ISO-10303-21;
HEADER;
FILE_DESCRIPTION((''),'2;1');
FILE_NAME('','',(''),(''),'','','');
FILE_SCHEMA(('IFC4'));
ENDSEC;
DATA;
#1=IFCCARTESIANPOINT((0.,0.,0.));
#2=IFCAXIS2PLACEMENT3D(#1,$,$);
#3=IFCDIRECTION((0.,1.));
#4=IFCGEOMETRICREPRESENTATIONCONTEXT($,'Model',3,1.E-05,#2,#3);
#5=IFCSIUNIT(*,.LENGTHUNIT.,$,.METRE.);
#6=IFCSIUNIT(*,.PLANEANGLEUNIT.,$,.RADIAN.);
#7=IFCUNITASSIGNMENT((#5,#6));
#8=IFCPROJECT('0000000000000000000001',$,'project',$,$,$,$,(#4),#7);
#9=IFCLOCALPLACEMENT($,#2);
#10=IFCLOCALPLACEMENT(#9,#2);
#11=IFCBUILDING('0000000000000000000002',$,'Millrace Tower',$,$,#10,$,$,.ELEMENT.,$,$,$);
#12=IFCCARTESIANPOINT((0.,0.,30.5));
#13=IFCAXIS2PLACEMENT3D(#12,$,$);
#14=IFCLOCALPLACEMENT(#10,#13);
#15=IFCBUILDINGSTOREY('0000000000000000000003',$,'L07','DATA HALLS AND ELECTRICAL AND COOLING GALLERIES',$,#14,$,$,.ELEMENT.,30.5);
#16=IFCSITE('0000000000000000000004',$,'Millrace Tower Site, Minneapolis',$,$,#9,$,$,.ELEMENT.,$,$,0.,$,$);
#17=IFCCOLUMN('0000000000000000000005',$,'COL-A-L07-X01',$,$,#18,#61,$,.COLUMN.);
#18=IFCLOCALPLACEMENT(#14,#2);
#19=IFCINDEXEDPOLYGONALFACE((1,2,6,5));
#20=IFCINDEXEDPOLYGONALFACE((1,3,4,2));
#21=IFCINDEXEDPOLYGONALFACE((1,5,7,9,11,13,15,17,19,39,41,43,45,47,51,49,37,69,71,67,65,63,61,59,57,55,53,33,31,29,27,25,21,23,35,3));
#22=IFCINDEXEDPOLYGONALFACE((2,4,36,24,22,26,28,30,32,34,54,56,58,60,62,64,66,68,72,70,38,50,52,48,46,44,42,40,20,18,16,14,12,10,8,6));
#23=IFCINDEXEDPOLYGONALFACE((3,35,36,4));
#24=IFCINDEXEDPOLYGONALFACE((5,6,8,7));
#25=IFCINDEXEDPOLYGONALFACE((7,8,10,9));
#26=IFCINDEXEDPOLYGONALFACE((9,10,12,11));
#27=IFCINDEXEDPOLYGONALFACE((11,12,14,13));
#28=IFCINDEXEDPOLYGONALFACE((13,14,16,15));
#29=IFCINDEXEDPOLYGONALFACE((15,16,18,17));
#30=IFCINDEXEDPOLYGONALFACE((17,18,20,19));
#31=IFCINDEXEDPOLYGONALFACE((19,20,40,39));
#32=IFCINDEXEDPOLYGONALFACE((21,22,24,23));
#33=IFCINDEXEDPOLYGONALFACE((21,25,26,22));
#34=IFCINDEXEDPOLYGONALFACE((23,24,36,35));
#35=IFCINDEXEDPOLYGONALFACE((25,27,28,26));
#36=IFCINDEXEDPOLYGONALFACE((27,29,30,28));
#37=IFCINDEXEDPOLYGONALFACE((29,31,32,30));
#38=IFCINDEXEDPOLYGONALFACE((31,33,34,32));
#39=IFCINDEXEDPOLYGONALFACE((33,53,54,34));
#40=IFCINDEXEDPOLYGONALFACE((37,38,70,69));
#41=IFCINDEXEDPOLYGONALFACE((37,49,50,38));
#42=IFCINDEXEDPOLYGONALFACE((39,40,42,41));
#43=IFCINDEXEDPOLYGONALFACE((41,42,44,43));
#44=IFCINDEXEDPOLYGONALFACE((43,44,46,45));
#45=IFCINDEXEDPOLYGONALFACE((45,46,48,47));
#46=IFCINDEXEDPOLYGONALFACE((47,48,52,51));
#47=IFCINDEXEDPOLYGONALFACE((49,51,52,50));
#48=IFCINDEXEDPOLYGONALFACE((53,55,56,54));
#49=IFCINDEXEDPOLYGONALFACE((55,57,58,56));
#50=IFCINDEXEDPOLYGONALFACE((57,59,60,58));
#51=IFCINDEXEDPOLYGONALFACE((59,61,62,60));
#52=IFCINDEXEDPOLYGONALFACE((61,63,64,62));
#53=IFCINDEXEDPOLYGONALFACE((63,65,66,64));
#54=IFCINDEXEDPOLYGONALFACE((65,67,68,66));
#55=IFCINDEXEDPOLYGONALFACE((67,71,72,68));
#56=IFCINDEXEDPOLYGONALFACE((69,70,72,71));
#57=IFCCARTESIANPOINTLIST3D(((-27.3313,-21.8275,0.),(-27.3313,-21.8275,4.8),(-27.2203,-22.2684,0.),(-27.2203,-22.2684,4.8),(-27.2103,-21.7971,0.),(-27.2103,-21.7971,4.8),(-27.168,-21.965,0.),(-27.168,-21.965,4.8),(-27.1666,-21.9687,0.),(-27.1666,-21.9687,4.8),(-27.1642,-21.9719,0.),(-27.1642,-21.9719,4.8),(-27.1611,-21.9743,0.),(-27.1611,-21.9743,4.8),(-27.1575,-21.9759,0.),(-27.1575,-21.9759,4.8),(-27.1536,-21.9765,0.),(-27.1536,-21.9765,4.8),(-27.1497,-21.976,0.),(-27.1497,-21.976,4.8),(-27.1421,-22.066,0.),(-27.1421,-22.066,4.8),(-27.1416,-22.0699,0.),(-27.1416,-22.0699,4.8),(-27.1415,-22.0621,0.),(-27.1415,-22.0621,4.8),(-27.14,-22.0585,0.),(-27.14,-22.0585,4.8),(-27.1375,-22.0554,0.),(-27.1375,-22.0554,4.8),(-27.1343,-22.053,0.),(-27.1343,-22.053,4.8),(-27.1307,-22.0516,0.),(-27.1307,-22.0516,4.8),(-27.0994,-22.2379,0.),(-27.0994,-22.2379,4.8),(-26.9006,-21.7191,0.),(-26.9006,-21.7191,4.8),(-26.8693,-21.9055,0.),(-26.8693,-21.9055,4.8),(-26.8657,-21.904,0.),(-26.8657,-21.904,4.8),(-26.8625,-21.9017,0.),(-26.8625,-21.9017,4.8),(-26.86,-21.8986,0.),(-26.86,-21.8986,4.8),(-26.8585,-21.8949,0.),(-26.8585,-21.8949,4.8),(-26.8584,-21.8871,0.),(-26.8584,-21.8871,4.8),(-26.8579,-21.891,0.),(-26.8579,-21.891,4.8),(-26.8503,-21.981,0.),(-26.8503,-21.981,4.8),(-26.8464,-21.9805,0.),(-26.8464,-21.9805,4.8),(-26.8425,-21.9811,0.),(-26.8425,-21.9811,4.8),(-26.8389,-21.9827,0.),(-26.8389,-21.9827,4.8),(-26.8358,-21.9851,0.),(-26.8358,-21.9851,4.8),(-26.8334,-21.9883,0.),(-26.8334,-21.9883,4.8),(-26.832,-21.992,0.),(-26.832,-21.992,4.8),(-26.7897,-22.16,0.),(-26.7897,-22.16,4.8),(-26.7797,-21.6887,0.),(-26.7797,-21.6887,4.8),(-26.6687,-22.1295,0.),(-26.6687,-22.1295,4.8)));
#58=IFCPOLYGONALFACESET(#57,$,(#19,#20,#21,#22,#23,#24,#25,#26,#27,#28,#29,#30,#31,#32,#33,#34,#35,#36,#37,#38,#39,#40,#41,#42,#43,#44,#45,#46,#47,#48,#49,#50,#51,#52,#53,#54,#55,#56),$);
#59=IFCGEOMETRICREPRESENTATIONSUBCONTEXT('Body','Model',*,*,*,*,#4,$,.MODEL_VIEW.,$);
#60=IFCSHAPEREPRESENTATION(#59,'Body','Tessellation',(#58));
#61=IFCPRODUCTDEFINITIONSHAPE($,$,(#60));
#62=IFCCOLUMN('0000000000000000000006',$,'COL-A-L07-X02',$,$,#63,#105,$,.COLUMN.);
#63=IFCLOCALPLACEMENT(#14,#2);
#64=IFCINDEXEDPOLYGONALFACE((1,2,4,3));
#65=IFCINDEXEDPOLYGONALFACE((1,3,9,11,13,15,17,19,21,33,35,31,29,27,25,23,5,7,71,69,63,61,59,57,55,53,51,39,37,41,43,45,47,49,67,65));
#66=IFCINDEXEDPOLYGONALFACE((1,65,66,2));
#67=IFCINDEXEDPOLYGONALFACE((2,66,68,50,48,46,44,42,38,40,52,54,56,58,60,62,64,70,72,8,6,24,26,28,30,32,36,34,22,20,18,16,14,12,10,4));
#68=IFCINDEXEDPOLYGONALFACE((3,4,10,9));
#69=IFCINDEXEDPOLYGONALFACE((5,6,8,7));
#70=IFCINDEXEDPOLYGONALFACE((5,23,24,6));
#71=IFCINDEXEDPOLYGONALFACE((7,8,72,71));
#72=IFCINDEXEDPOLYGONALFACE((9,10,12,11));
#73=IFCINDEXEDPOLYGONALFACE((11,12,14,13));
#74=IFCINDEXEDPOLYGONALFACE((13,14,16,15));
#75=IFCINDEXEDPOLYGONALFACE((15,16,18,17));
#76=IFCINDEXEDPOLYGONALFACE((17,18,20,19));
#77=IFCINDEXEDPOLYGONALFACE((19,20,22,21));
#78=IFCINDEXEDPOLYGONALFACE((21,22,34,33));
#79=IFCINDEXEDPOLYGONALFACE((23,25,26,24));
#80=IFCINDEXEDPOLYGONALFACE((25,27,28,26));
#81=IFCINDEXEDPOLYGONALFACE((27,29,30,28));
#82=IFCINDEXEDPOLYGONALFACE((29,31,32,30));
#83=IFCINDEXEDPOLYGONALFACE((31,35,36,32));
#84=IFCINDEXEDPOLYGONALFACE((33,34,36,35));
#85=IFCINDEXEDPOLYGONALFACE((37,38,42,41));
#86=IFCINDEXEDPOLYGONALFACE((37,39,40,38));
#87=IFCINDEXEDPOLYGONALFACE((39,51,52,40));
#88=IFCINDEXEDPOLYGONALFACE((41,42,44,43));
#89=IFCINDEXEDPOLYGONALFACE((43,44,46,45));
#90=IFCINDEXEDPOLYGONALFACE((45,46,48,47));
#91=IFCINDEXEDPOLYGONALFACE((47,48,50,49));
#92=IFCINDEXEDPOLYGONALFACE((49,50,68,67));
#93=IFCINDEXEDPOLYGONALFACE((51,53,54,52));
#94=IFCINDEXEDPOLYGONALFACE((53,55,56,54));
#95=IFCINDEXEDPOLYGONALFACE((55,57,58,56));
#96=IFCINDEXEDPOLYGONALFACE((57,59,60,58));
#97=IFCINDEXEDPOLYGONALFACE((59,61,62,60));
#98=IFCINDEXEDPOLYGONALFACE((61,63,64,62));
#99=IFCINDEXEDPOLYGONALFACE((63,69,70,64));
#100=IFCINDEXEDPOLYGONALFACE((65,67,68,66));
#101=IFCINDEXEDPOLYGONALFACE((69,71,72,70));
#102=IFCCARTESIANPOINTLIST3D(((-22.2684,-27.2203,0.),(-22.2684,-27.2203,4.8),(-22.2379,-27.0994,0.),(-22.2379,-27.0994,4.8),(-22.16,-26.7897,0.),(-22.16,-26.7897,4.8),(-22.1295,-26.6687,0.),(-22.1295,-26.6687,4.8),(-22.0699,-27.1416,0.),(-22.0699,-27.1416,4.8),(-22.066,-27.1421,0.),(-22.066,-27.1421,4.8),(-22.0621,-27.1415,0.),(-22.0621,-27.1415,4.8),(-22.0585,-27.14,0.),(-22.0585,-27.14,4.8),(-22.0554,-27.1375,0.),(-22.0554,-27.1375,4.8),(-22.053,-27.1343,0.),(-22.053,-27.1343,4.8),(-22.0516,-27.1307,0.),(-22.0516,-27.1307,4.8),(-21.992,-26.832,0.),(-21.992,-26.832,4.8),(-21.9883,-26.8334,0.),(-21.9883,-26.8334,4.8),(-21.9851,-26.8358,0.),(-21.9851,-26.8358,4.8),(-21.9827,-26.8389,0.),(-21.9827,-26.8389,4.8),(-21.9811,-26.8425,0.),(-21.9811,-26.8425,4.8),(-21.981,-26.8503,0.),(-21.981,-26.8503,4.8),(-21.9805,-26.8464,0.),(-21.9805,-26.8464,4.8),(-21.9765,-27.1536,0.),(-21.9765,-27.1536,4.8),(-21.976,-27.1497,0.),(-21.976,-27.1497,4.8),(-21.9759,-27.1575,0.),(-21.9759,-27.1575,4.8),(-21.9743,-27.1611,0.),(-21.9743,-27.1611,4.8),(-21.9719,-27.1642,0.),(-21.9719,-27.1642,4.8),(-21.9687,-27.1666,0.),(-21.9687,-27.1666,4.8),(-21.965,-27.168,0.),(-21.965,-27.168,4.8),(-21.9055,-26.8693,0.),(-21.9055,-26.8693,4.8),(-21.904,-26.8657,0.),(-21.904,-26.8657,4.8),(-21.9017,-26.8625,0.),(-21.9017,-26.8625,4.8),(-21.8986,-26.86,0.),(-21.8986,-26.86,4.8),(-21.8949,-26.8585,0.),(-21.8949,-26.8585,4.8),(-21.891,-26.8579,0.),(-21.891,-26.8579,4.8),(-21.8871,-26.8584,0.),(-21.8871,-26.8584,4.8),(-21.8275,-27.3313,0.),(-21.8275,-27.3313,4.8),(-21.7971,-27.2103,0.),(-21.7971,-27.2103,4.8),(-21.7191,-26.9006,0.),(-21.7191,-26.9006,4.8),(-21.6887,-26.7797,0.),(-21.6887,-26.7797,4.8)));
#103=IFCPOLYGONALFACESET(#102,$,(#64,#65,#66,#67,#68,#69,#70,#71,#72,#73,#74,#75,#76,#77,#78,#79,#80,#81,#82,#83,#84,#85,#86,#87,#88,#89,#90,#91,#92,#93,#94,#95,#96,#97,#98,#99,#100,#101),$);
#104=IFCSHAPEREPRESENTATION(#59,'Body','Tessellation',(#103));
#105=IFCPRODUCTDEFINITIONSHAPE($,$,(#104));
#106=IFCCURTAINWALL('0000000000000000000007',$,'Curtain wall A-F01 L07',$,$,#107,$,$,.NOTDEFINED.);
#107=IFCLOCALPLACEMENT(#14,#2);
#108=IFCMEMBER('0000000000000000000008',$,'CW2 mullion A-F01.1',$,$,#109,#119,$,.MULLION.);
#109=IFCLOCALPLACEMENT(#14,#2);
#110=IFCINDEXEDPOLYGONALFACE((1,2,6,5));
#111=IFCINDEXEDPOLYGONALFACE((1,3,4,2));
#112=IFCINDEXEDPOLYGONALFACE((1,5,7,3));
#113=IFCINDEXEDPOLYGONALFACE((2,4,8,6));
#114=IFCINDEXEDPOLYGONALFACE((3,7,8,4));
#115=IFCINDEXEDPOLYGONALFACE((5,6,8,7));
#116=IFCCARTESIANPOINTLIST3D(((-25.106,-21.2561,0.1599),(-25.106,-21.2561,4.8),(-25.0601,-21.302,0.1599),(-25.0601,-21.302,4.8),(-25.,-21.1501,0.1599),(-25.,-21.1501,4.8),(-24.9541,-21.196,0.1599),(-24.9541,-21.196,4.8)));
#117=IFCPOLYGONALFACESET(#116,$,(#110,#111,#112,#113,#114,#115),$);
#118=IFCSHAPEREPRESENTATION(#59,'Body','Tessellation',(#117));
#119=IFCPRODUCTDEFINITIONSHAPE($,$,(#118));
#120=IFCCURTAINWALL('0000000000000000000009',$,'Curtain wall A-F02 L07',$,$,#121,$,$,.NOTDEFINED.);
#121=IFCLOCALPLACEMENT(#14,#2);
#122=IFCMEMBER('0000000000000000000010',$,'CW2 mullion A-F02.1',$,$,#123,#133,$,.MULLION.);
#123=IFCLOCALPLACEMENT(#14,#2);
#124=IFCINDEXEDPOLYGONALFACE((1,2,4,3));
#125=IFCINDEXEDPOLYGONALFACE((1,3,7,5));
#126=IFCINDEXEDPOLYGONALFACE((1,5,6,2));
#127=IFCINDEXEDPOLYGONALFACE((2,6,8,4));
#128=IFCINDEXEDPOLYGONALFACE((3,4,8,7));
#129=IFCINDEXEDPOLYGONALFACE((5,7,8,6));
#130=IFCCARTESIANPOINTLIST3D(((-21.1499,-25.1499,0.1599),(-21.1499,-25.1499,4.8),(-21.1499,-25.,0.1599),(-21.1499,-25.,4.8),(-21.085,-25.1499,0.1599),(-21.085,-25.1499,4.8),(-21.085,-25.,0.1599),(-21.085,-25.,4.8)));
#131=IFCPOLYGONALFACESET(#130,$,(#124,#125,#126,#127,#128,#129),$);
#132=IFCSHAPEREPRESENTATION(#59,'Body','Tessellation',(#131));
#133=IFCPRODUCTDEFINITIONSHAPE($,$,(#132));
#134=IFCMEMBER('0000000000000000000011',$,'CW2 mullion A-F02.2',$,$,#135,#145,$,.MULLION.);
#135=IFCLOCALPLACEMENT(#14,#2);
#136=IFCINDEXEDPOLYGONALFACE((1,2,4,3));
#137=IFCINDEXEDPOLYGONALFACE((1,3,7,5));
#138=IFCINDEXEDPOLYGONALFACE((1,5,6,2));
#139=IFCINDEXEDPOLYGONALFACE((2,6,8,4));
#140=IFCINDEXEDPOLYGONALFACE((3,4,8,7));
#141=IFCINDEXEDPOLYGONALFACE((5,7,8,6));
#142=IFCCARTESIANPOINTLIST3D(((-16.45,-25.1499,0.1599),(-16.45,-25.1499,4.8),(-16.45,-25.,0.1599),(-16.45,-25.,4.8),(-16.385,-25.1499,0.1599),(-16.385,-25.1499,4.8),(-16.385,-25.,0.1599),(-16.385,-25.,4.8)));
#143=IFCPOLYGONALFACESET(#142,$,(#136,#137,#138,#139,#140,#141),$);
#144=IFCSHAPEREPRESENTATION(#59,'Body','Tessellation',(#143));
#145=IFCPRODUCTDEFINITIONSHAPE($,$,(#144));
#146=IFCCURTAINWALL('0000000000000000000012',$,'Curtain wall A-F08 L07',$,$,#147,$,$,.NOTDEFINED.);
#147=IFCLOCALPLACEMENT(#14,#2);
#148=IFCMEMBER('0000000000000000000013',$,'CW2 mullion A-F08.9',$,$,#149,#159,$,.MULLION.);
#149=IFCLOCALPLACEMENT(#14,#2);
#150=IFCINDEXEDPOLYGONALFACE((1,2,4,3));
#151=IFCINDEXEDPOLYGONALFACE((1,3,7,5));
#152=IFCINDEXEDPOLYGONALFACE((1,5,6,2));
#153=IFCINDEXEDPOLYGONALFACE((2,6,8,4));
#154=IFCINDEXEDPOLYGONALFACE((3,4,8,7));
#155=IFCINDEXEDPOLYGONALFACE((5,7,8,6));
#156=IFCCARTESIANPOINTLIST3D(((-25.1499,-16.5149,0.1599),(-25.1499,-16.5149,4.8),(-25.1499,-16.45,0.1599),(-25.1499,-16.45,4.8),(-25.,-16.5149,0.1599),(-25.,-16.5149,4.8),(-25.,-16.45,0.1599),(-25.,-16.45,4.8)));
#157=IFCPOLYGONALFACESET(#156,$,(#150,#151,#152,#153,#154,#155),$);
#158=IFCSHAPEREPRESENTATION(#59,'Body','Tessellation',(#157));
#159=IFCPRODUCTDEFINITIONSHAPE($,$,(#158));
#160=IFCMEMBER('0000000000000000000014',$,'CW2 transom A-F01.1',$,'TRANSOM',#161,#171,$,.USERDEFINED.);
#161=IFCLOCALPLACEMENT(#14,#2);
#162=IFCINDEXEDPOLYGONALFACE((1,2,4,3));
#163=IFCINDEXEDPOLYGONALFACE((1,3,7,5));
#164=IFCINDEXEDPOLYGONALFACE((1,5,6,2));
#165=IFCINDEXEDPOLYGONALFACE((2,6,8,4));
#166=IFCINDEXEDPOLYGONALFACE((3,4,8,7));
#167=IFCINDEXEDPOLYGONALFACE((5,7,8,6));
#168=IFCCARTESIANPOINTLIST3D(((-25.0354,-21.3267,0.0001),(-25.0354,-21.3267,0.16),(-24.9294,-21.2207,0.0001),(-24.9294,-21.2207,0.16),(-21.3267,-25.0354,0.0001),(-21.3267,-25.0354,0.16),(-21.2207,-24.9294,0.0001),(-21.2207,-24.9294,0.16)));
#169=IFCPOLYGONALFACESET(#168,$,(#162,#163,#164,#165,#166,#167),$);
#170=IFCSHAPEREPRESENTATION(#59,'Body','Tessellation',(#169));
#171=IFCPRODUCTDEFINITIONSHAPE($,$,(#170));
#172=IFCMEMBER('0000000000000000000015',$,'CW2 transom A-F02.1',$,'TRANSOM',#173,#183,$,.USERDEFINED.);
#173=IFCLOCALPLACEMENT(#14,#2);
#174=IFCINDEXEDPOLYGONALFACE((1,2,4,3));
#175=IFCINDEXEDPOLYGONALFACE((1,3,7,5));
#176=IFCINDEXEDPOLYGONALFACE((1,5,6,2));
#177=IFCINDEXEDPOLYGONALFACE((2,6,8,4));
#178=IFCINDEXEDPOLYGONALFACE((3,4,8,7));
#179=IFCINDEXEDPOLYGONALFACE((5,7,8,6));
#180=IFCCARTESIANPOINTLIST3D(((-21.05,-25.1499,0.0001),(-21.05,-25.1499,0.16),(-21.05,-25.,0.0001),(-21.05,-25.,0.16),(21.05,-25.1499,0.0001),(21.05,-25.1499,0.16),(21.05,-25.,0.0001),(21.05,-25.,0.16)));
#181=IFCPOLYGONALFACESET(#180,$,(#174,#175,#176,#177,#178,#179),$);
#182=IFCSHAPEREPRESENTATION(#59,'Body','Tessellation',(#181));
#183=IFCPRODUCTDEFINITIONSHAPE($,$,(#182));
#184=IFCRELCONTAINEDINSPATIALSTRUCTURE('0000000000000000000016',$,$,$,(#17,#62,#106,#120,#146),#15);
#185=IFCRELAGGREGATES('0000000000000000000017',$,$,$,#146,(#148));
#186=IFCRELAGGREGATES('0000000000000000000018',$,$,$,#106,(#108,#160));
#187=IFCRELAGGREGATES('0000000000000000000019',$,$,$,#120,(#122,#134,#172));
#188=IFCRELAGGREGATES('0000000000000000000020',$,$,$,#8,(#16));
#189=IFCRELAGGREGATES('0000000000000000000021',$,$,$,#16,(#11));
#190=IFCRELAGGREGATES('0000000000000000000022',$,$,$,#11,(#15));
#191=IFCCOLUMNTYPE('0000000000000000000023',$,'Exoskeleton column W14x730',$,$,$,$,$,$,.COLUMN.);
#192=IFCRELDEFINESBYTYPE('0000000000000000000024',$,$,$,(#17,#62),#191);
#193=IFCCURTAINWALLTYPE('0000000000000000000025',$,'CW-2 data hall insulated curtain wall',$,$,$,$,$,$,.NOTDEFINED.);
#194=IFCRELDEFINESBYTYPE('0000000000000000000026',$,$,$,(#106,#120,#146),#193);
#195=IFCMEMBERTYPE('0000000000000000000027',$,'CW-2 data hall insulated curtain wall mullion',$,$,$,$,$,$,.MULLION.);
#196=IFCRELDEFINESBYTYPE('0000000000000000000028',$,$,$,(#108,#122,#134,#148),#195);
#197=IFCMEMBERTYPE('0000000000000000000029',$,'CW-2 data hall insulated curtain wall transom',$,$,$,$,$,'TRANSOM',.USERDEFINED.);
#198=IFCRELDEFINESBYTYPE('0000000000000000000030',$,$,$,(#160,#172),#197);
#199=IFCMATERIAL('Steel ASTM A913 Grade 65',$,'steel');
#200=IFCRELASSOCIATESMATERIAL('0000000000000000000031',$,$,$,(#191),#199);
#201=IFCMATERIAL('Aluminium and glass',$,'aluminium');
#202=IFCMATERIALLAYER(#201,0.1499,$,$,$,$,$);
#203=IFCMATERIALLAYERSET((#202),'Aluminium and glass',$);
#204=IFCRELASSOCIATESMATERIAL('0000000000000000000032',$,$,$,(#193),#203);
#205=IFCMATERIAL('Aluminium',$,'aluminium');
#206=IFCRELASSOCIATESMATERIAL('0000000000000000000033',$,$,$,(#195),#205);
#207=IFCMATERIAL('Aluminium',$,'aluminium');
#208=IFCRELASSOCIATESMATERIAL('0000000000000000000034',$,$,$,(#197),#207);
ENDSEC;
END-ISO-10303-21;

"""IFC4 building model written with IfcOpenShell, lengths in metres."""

from ifc_helpers import new_model, si_unit, direction, frame, origin, origin_2d, place, context, subcontext, project, spatial, rectangle, i_section, extrude, material, layer, layer_set, material_profile, profile_set, type_object, element, aggregate, save


model = new_model("IFC4")

# Units and contexts
model_context = context("Model", 3, precision=1e-05, world=origin(), true_north=direction((0.0, 1.0)))
body_context = subcontext(model_context, "Body", "Model", "MODEL_VIEW")
ifc_project = project(units=[si_unit("LENGTHUNIT", "METRE"), si_unit("PLANEANGLEUNIT", "RADIAN")], contexts=[model_context])

# Site, building, storey
site_placement = place(None, origin())
site = spatial("IfcSite", under=ifc_project, at=site_placement, Name="Millrace Tower Site, Minneapolis", CompositionType="ELEMENT", RefElevation=0.0)
building_placement = place(site_placement, origin())
building = spatial("IfcBuilding", under=site, at=building_placement, Name="Millrace Tower", CompositionType="ELEMENT")
storey_placement = place(building_placement, frame((0.0, 0.0, 30.5)))
storey = spatial("IfcBuildingStorey", under=building, at=storey_placement, Name="L07", Description="DATA HALLS AND ELECTRICAL AND COOLING GALLERIES", CompositionType="ELEMENT", Elevation=30.5)

# Columns
ifc_material_1 = material(Name="Steel ASTM A913 Grade 65", Category="steel")
ifc_material_profile_1 = material_profile(ifc_material_1, i_section(OverallWidth=0.4546, OverallDepth=0.5688, WebThickness=0.0779, FlangeThickness=0.1248, FilletRadius=0.0151, at=origin_2d()))
ifc_profile_set_1 = profile_set([ifc_material_profile_1], Name="Steel ASTM A913 Grade 65")
column_type = type_object("IfcColumnType", Name="Exoskeleton column W14x730", PredefinedType="COLUMN", material=ifc_profile_set_1)
for number, where, z_axis, x_axis, name in (
    (1, (-27.0, -21.9785, 0.0), (0.0, 0.0, 1.0), (0.244094, -0.969752, 0.0), "COL-A-L07-X01"),
    (2, (-21.9785, -27.0, 0.0), (0.0, 0.0, 1.0), (0.969752, -0.244094, 0.0), "COL-A-L07-X02"),
):
    element("IfcColumn", number, at=place(storey_placement, frame(where, z_axis=z_axis, x_axis=x_axis)), inside=storey, type_object=column_type, Name=name, PredefinedType="COLUMN", context=body_context, shape_type="SweptSolid", body=[
        extrude(i_section(OverallWidth=0.4546, OverallDepth=0.5688, WebThickness=0.0779, FlangeThickness=0.1248, FilletRadius=0.0151, at=origin_2d()), origin(), (0.0, 0.0, 1.0), 4.8),
    ])

# Curtain wall, member
ifc_material_2 = material(Name="Aluminium and glass", Category="aluminium")
ifc_layer_1 = layer(ifc_material_2, 0.1499)
ifc_layer_set_1 = layer_set([ifc_layer_1], Name="Aluminium and glass")
curtain_wall_type = type_object("IfcCurtainWallType", Name="CW-2 data hall insulated curtain wall", PredefinedType="NOTDEFINED", material=ifc_layer_set_1)
placement = place(storey_placement, origin())
curtain_wall_1 = element("IfcCurtainWall", 3, at=placement, inside=storey, type_object=curtain_wall_type, Name="Curtain wall A-F01 L07", PredefinedType="NOTDEFINED")
ifc_material_3 = material(Name="Aluminium", Category="aluminium")
ifc_material_profile_2 = material_profile(ifc_material_3, rectangle(XDim=0.0649, YDim=0.1499, at=origin_2d()))
ifc_profile_set_2 = profile_set([ifc_material_profile_2], Name="Aluminium")
member_type_1 = type_object("IfcMemberType", Name="CW-2 data hall insulated curtain wall mullion", PredefinedType="MULLION", material=ifc_profile_set_2)
member_1_placement = place(storey_placement, frame((-25.03, -21.2261, 0.1599), z_axis=(0.0, 0.0, 1.0), x_axis=(0.707107, -0.707107, 0.0)))
member_1 = element("IfcMember", 4, at=member_1_placement, type_object=member_type_1, Name="CW2 mullion A-F01.1", PredefinedType="MULLION", context=body_context, shape_type="SweptSolid", body=[
    extrude(rectangle(XDim=0.0649, YDim=0.1499, at=origin_2d()), origin(), (0.0, 0.0, 1.0), 4.6401),
])

# Curtain wall, members
curtain_wall_2 = element("IfcCurtainWall", 5, at=placement, inside=storey, type_object=curtain_wall_type, Name="Curtain wall A-F02 L07", PredefinedType="NOTDEFINED")
member_2_placement = place(storey_placement, frame((-21.1174, -25.075, 0.1599), z_axis=(0.0, 0.0, 1.0), x_axis=(1.0, 0.0, 0.0)))
member_2 = element("IfcMember", 6, at=member_2_placement, type_object=member_type_1, Name="CW2 mullion A-F02.1", PredefinedType="MULLION", context=body_context, shape_type="SweptSolid", body=[
    extrude(rectangle(XDim=0.0649, YDim=0.1499, at=origin_2d()), origin(), (0.0, 0.0, 1.0), 4.6401),
])
member_3_placement = place(storey_placement, frame((-16.4175, -25.075, 0.1599), z_axis=(0.0, 0.0, 1.0), x_axis=(1.0, 0.0, 0.0)))
member_3 = element("IfcMember", 7, at=member_3_placement, type_object=member_type_1, Name="CW2 mullion A-F02.2", PredefinedType="MULLION", context=body_context, shape_type="SweptSolid", body=[
    extrude(rectangle(XDim=0.0649, YDim=0.1499, at=origin_2d()), origin(), (0.0, 0.0, 1.0), 4.6401),
])

# Curtain wall, member
curtain_wall_3 = element("IfcCurtainWall", 8, at=placement, inside=storey, type_object=curtain_wall_type, Name="Curtain wall A-F08 L07", PredefinedType="NOTDEFINED")
member_4_placement = place(storey_placement, frame((-25.075, -16.4824, 0.1599), z_axis=(0.0, 0.0, 1.0), x_axis=(0.0, -1.0, 0.0)))
member_4 = element("IfcMember", 9, at=member_4_placement, type_object=member_type_1, Name="CW2 mullion A-F08.9", PredefinedType="MULLION", context=body_context, shape_type="SweptSolid", body=[
    extrude(rectangle(XDim=0.0649, YDim=0.1499, at=origin_2d()), origin(), (0.0, 0.0, 1.0), 4.6401),
])
aggregate(curtain_wall_3, [member_4])

# Members
ifc_material_4 = material(Name="Aluminium", Category="aluminium")
ifc_material_profile_3 = material_profile(ifc_material_4, rectangle(XDim=0.1499, YDim=0.1599, at=origin_2d()))
ifc_profile_set_3 = profile_set([ifc_material_profile_3], Name="Aluminium")
member_type_2 = type_object("IfcMemberType", Name="CW-2 data hall insulated curtain wall transom", ElementType="TRANSOM", PredefinedType="USERDEFINED", material=ifc_profile_set_3)
member_5_placement = place(storey_placement, frame((-24.9824, -21.2737, 0.0801), z_axis=(0.707107, -0.707107, 0.0), x_axis=(0.707107, 0.707107, 0.0)))
member_5 = element("IfcMember", 10, at=member_5_placement, type_object=member_type_2, Name="CW2 transom A-F01.1", ObjectType="TRANSOM", PredefinedType="USERDEFINED", context=body_context, shape_type="SweptSolid", body=[
    extrude(rectangle(XDim=0.1499, YDim=0.1599, at=origin_2d()), origin(), (0.0, 0.0, 1.0), 5.2449),
])
aggregate(curtain_wall_1, [member_1, member_5])
member_6_placement = place(storey_placement, frame((-21.05, -25.075, 0.0801), z_axis=(1.0, 0.0, 0.0), x_axis=(0.0, 1.0, 0.0)))
member_6 = element("IfcMember", 11, at=member_6_placement, type_object=member_type_2, Name="CW2 transom A-F02.1", ObjectType="TRANSOM", PredefinedType="USERDEFINED", context=body_context, shape_type="SweptSolid", body=[
    extrude(rectangle(XDim=0.1499, YDim=0.1599, at=origin_2d()), origin(), (0.0, 0.0, 1.0), 42.1001),
])
aggregate(curtain_wall_2, [member_2, member_3, member_6])

save(model, "model.ifc")
